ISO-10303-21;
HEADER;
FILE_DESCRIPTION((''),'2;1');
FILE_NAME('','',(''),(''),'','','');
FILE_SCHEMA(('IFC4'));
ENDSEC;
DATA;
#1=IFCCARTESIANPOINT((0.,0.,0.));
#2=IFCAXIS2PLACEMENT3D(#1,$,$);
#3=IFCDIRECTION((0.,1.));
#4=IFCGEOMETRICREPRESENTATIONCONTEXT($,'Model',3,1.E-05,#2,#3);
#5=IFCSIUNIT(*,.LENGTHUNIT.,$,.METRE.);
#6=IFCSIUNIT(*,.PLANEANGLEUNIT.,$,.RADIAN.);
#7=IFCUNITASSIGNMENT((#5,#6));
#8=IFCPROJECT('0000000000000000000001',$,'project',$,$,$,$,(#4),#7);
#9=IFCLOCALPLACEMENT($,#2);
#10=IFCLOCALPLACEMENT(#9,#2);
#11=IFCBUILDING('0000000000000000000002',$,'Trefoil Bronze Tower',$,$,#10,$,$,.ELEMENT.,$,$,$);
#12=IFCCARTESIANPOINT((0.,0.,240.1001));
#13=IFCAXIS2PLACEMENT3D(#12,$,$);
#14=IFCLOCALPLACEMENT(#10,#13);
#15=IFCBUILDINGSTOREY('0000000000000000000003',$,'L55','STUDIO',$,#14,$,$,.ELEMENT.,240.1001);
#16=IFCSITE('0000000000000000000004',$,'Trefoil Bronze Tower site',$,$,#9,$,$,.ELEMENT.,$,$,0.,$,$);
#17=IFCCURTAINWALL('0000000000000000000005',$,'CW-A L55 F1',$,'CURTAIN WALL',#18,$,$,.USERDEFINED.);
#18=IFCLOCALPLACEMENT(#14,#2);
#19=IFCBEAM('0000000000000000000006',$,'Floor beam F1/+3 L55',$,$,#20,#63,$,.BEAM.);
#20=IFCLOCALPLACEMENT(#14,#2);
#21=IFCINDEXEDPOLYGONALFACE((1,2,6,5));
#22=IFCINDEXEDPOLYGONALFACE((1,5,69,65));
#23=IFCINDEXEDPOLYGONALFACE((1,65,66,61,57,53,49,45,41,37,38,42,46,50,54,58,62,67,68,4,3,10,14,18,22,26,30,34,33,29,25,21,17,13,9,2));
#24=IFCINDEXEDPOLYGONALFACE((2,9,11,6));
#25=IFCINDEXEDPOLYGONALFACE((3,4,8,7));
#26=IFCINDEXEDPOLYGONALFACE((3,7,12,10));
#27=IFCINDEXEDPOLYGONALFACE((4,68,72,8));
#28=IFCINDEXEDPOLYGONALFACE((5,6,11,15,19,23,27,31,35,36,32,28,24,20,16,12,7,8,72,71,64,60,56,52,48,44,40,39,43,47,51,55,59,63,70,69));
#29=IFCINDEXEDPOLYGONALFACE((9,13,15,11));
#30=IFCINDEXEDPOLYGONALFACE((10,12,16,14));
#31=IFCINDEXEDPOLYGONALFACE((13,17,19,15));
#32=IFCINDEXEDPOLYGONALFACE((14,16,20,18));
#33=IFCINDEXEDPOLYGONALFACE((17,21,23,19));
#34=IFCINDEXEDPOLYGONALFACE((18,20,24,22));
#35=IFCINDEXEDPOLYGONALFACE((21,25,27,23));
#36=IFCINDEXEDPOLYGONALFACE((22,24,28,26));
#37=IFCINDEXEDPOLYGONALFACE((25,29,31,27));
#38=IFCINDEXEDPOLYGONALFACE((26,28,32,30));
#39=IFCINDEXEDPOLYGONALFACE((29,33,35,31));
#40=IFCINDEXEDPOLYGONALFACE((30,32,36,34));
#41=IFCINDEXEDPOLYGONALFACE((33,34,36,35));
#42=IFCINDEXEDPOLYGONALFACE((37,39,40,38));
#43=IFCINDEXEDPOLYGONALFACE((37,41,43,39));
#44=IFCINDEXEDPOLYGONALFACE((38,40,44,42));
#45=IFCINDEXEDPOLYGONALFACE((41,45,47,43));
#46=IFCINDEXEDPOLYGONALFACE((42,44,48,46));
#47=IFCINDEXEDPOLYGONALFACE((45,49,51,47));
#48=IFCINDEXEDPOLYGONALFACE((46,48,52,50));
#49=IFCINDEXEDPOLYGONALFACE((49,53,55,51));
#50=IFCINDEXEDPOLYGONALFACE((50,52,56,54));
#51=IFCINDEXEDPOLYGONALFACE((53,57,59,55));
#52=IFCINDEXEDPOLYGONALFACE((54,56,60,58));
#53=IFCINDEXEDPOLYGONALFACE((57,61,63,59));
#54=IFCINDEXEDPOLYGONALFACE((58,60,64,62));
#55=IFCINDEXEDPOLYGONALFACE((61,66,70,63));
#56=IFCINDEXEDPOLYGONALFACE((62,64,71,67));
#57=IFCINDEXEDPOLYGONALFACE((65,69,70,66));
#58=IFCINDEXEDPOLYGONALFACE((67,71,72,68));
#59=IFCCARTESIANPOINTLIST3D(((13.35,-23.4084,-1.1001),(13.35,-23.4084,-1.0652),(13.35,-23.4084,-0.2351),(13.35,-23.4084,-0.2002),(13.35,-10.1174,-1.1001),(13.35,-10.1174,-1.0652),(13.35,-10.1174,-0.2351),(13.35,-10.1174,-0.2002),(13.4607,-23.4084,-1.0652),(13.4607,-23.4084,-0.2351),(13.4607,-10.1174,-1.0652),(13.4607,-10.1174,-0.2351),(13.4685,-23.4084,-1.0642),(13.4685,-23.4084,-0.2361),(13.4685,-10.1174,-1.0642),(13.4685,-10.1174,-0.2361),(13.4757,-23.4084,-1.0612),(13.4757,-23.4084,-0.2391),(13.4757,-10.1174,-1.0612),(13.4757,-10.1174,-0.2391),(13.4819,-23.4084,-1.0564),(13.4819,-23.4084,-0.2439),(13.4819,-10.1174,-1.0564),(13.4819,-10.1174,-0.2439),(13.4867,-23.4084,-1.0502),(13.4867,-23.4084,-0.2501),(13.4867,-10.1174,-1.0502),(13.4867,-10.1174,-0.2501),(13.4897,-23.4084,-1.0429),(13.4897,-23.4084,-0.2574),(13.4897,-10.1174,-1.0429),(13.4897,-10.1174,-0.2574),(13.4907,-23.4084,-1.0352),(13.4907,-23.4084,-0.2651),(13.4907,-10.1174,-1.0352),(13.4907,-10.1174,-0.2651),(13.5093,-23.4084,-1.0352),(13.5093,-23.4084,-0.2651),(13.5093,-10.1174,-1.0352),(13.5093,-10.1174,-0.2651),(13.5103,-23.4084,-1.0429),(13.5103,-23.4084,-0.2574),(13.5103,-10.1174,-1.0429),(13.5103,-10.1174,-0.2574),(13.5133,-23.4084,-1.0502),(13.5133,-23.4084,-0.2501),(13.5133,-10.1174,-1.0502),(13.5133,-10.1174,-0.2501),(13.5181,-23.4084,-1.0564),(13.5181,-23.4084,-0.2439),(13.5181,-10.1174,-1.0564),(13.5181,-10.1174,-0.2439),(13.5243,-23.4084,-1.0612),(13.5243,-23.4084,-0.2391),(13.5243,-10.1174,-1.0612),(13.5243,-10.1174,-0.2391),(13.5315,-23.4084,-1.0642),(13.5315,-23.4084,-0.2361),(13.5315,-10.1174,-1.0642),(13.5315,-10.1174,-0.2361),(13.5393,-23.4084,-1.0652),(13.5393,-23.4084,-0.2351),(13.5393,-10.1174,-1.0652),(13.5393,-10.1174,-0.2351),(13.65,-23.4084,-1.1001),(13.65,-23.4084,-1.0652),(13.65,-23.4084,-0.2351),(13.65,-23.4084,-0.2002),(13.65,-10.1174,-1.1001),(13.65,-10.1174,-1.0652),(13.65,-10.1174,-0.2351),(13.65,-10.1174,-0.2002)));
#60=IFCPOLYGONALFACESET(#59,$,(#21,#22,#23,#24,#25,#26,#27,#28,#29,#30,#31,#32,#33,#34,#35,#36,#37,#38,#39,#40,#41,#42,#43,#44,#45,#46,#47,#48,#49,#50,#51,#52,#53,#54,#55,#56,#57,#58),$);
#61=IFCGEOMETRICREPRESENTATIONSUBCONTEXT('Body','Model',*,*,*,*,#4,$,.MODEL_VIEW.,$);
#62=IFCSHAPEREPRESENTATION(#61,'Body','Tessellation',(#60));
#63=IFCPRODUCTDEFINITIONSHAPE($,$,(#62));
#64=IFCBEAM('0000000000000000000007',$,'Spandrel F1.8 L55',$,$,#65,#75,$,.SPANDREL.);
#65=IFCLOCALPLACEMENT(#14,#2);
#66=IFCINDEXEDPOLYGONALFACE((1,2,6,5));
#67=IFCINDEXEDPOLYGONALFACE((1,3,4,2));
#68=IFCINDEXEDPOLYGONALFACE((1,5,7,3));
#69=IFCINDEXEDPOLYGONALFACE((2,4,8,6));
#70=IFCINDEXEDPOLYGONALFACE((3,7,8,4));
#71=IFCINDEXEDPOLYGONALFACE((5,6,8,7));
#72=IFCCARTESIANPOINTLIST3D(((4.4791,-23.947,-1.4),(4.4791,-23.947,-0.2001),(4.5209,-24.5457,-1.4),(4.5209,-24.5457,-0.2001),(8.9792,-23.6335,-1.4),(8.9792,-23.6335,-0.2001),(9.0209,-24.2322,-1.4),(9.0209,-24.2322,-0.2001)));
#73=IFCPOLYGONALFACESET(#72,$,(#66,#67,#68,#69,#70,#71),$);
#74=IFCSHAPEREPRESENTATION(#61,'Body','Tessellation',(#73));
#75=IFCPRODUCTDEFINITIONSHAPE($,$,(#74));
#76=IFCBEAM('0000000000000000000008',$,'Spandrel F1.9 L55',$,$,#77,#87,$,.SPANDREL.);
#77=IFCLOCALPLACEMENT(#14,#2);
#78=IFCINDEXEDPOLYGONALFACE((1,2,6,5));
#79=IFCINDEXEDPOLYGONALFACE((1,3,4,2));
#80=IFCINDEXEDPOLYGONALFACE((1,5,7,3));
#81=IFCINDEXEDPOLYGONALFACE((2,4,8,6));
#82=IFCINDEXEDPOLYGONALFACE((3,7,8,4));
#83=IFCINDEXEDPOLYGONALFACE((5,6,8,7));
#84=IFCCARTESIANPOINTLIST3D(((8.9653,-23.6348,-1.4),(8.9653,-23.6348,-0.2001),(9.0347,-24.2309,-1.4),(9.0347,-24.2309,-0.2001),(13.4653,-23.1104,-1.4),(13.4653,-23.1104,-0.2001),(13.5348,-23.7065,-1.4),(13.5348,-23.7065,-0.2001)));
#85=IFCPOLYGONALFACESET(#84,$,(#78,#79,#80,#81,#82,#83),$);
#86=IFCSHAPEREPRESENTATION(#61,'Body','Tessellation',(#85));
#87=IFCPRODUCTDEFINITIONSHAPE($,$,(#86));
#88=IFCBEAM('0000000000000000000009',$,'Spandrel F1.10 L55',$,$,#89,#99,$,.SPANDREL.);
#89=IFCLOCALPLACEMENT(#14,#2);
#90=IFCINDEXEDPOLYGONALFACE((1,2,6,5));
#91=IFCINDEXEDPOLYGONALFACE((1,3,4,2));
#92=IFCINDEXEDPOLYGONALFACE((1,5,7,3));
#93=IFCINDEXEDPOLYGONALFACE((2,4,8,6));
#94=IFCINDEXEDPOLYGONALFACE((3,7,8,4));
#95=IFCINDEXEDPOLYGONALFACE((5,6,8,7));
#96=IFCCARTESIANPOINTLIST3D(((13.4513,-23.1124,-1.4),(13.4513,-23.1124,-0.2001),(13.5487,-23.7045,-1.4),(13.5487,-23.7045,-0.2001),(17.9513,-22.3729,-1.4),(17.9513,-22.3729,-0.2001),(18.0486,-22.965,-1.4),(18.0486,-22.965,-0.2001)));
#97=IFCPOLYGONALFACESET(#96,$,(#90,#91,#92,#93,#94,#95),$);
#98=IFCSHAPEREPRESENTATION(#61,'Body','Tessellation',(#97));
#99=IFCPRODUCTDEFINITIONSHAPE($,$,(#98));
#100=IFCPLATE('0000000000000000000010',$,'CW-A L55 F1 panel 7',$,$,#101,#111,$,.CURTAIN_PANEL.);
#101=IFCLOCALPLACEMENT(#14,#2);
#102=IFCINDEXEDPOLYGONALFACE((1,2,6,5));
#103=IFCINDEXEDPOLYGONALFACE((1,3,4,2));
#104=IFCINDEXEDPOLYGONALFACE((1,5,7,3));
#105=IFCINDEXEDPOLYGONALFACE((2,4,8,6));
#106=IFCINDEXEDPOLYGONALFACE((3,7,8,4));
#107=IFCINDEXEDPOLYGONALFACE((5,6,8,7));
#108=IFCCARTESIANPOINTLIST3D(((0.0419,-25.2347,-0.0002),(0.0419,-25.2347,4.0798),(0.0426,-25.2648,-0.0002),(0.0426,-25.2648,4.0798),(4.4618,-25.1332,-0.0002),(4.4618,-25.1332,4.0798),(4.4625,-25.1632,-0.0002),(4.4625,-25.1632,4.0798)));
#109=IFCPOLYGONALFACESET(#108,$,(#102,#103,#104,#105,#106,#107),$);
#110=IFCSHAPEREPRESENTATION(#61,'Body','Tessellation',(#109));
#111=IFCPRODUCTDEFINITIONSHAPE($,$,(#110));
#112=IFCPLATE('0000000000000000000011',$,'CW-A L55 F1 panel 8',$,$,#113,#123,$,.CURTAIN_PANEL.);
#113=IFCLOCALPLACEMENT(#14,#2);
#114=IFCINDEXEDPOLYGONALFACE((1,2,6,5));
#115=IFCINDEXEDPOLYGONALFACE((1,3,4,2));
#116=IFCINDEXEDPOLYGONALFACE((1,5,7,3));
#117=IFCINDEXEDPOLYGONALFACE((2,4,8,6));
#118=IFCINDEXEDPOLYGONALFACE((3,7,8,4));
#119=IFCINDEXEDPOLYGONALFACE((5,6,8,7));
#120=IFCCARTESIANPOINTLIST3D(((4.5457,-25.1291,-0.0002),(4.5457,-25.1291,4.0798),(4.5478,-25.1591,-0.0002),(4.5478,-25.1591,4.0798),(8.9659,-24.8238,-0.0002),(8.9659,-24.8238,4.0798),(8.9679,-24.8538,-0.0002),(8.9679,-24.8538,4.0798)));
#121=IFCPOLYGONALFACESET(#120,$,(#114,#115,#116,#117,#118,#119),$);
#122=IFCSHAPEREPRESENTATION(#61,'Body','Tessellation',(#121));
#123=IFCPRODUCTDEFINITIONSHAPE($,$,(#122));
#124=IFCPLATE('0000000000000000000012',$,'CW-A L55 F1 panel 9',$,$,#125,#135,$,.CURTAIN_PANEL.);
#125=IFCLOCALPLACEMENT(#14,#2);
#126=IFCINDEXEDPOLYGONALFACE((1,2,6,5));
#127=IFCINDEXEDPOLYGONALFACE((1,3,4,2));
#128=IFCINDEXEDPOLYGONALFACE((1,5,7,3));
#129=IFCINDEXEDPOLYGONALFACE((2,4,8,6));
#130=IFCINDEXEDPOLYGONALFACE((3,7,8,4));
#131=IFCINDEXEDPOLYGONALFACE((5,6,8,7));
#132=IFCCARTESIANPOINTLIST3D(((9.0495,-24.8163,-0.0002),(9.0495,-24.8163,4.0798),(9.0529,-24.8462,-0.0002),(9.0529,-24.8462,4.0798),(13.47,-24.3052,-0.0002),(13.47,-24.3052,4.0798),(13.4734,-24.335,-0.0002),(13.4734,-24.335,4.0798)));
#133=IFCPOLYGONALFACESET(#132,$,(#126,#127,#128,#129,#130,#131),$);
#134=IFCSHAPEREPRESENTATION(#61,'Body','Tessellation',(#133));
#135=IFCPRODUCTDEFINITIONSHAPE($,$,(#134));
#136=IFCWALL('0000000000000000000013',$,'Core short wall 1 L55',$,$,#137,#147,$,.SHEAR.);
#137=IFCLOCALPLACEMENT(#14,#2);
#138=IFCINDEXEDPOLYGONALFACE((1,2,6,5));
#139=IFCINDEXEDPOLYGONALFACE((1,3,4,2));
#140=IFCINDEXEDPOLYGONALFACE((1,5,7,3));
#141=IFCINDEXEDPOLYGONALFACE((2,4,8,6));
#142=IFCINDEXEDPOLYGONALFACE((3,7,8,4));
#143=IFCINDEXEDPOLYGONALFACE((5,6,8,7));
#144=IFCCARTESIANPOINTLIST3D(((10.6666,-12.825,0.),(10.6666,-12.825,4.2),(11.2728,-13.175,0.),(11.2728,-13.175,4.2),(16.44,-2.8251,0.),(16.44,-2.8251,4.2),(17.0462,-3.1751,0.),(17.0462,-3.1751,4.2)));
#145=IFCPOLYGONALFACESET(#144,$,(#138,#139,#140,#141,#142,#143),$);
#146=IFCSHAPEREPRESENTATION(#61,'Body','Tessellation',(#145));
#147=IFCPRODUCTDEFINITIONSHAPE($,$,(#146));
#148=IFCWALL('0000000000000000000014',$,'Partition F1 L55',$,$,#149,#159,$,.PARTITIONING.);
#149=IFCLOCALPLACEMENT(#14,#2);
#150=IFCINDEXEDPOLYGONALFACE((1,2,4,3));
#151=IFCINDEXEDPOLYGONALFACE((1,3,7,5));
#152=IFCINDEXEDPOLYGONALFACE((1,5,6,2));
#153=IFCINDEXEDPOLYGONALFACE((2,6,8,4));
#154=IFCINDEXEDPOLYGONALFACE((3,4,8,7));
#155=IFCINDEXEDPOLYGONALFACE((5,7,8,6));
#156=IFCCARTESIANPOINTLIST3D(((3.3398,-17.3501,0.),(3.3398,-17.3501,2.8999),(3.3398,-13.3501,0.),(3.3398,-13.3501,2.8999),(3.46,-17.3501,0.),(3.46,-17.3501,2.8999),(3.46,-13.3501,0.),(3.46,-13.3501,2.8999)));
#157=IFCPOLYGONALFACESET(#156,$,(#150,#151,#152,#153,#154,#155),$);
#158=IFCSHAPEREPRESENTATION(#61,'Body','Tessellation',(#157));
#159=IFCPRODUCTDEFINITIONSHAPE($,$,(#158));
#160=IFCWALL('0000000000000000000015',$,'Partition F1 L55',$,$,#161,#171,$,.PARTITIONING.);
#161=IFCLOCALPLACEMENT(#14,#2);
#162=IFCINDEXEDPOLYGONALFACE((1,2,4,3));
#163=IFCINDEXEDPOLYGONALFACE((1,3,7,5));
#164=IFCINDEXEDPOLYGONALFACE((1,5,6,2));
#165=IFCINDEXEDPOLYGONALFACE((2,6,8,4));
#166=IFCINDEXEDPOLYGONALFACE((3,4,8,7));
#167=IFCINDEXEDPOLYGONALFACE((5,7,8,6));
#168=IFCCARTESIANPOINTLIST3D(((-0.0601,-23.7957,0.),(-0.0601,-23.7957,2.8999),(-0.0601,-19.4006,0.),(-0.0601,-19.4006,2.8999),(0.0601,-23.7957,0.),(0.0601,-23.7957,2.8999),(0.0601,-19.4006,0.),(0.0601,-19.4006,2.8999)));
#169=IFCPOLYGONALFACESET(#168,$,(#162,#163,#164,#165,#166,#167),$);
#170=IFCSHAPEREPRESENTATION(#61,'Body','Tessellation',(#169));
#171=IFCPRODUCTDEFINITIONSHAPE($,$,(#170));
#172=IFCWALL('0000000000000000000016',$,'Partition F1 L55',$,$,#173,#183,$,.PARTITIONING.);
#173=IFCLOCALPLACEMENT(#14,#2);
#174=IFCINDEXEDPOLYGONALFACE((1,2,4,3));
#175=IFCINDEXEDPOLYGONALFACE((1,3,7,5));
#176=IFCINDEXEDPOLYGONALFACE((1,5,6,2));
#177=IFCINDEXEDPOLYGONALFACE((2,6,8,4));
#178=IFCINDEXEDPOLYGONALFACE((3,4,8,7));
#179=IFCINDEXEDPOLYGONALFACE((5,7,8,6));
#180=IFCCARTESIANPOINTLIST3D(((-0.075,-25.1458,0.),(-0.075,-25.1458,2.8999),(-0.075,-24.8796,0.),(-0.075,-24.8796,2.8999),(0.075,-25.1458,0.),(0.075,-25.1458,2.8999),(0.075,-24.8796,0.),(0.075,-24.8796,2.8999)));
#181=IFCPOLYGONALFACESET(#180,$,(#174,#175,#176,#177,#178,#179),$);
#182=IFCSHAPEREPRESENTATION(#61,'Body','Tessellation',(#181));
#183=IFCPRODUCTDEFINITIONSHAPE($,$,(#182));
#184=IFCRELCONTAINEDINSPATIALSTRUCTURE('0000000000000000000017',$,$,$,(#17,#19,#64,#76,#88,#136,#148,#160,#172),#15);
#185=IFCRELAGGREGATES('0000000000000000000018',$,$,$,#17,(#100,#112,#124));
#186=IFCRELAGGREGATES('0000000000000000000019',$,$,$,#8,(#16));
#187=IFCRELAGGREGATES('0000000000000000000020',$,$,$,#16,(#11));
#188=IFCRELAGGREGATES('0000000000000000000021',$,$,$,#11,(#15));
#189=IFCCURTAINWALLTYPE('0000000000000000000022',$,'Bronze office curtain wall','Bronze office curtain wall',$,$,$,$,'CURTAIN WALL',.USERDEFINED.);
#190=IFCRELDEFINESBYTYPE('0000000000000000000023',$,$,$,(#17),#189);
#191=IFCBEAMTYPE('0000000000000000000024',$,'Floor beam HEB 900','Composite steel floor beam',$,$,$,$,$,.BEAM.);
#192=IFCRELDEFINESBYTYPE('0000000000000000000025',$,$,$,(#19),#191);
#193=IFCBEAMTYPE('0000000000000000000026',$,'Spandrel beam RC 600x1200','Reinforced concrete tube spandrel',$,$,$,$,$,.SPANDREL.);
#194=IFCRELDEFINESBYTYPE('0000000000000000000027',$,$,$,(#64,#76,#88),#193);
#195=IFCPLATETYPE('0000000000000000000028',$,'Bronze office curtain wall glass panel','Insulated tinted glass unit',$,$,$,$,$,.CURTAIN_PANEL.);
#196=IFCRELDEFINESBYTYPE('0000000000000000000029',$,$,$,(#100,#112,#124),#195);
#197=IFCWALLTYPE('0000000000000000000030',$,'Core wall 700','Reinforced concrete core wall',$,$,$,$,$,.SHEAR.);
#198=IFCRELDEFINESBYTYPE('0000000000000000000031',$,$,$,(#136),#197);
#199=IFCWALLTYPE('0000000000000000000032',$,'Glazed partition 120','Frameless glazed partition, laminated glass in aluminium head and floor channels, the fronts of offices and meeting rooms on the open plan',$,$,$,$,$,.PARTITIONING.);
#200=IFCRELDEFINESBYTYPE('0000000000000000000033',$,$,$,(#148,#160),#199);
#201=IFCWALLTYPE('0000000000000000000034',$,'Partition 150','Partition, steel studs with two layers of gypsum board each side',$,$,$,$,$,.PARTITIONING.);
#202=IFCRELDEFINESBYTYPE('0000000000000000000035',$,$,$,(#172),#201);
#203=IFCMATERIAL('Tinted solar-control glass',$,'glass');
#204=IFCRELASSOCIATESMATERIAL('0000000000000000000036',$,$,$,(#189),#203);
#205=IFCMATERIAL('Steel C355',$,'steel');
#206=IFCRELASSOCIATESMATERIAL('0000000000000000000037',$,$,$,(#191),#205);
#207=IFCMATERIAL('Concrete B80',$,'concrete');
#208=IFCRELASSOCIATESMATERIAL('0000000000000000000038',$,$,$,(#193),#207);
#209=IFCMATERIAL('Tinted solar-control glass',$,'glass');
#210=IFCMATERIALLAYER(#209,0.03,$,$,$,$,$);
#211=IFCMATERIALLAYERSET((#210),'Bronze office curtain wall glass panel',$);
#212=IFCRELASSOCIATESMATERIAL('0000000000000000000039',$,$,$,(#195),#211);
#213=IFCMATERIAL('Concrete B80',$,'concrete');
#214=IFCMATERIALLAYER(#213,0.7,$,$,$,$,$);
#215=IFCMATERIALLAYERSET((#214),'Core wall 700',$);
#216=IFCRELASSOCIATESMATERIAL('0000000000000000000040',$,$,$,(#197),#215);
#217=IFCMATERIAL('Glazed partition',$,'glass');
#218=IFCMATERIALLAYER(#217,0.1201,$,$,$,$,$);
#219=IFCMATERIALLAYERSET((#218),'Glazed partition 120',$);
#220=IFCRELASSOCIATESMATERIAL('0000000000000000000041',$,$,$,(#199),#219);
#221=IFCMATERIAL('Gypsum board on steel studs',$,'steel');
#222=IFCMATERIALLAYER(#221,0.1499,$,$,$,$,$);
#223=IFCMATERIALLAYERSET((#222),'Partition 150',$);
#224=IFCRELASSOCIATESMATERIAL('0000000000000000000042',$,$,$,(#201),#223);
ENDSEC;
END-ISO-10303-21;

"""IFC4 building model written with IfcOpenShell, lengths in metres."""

from ifc_helpers import new_model, si_unit, direction, frame, frame_2d, origin, origin_2d, place, context, subcontext, project, spatial, rectangle, i_section, extrude, material, layer, layer_set, material_profile, profile_set, type_object, element, aggregate, save


model = new_model("IFC4")

# Units and contexts
model_context = context("Model", 3, precision=1e-05, world=origin(), true_north=direction((0.0, 1.0)))
body_context = subcontext(model_context, "Body", "Model", "MODEL_VIEW")
ifc_project = project(units=[si_unit("LENGTHUNIT", "METRE"), si_unit("PLANEANGLEUNIT", "RADIAN")], contexts=[model_context])

# Site, building, storey
site_placement = place(None, origin())
site = spatial("IfcSite", under=ifc_project, at=site_placement, Name="Trefoil Bronze Tower site", CompositionType="ELEMENT", RefElevation=0.0)
building_placement = place(site_placement, origin())
building = spatial("IfcBuilding", under=site, at=building_placement, Name="Trefoil Bronze Tower", CompositionType="ELEMENT")
storey_placement = place(building_placement, frame((0.0, 0.0, 240.1001)))
storey = spatial("IfcBuildingStorey", under=building, at=storey_placement, Name="L55", Description="STUDIO", CompositionType="ELEMENT", Elevation=240.1001)

# Curtain wall
ifc_material_1 = material(Name="Tinted solar-control glass", Category="glass")
curtain_wall_type = type_object("IfcCurtainWallType", Name="Bronze office curtain wall", Description="Bronze office curtain wall", ElementType="CURTAIN WALL", PredefinedType="USERDEFINED", material=ifc_material_1)
curtain_wall_placement = place(storey_placement, origin())
curtain_wall = element("IfcCurtainWall", 1, at=curtain_wall_placement, inside=storey, type_object=curtain_wall_type, Name="CW-A L55 F1", ObjectType="CURTAIN WALL", PredefinedType="USERDEFINED")

# Beams
ifc_material_2 = material(Name="Steel C355", Category="steel")
ifc_material_profile_1 = material_profile(ifc_material_2, i_section(OverallWidth=0.3, OverallDepth=0.8999, WebThickness=0.0186, FlangeThickness=0.0349, FilletRadius=0.03, at=origin_2d()), Name="HEB 900")
ifc_profile_set_1 = profile_set([ifc_material_profile_1], Name="Steel C355")
beam_type_1 = type_object("IfcBeamType", Name="Floor beam HEB 900", Description="Composite steel floor beam", PredefinedType="BEAM", material=ifc_profile_set_1)
beam_1_placement = place(storey_placement, frame((13.5, -23.4084, -0.6501), z_axis=(0.0, 1.0, 0.0), x_axis=(-1.0, 0.0, 0.0)))
element("IfcBeam", 2, at=beam_1_placement, inside=storey, type_object=beam_type_1, Name="Floor beam F1/+3 L55", PredefinedType="BEAM", context=body_context, shape_type="SweptSolid", body=[
    extrude(i_section(OverallWidth=0.3, OverallDepth=0.8999, WebThickness=0.0186, FlangeThickness=0.0349, FilletRadius=0.03, at=origin_2d()), origin(), (0.0, 0.0, 1.0), 13.291),
])
ifc_material_3 = material(Name="Concrete B80", Category="concrete")
ifc_material_profile_2 = material_profile(ifc_material_3, rectangle(XDim=0.6001, YDim=1.2, at=origin_2d()), Name="RC 600x1200")
ifc_profile_set_2 = profile_set([ifc_material_profile_2], Name="Concrete B80")
beam_type_2 = type_object("IfcBeamType", Name="Spandrel beam RC 600x1200", Description="Reinforced concrete tube spandrel", PredefinedType="SPANDREL", material=ifc_profile_set_2)
beam_2_placement = place(storey_placement, frame((4.5, -24.2463, -0.8), z_axis=(0.997582, 0.069493, 0.0), x_axis=(-0.069493, 0.997582, 0.0)))
element("IfcBeam", 3, at=beam_2_placement, inside=storey, type_object=beam_type_2, Name="Spandrel F1.8 L55", PredefinedType="SPANDREL", context=body_context, shape_type="SweptSolid", body=[
    extrude(rectangle(XDim=0.6001, YDim=1.2, at=origin_2d()), origin(), (0.0, 0.0, 1.0), 4.511),
])
beam_3_placement = place(storey_placement, frame((9.0, -23.9329, -0.8), z_axis=(0.993278, 0.115753, 0.0), x_axis=(-0.115753, 0.993278, 0.0)))
element("IfcBeam", 4, at=beam_3_placement, inside=storey, type_object=beam_type_2, Name="Spandrel F1.9 L55", PredefinedType="SPANDREL", context=body_context, shape_type="SweptSolid", body=[
    extrude(rectangle(XDim=0.6001, YDim=1.2, at=origin_2d()), origin(), (0.0, 0.0, 1.0), 4.5305),
])
beam_4_placement = place(storey_placement, frame((13.5, -23.4084, -0.8), z_axis=(0.986765, 0.162159, 0.0), x_axis=(-0.162159, 0.986765, 0.0)))
element("IfcBeam", 5, at=beam_4_placement, inside=storey, type_object=beam_type_2, Name="Spandrel F1.10 L55", PredefinedType="SPANDREL", context=body_context, shape_type="SweptSolid", body=[
    extrude(rectangle(XDim=0.6001, YDim=1.2, at=origin_2d()), origin(), (0.0, 0.0, 1.0), 4.5603),
])

# Plates
ifc_material_4 = material(Name="Tinted solar-control glass", Category="glass")
ifc_layer_1 = layer(ifc_material_4, 0.03)
ifc_layer_set_1 = layer_set([ifc_layer_1], Name="Bronze office curtain wall glass panel")
plate_type = type_object("IfcPlateType", Name="Bronze office curtain wall glass panel", Description="Insulated tinted glass unit", PredefinedType="CURTAIN_PANEL", material=ifc_layer_set_1)
plate_1_placement = place(storey_placement, frame((2.2522, -25.199, -0.0002), z_axis=(0.0, 0.0, 1.0), x_axis=(0.999736, 0.022972, 0.0)))
plate_1 = element("IfcPlate", 6, at=plate_1_placement, type_object=plate_type, Name="CW-A L55 F1 panel 7", PredefinedType="CURTAIN_PANEL", context=body_context, shape_type="SweptSolid", body=[
    extrude(rectangle(XDim=4.4211, YDim=0.03, at=origin_2d()), origin(), (0.0, 0.0, 1.0), 4.0801),
])
plate_2_placement = place(storey_placement, frame((6.7568, -24.9915, -0.0002), z_axis=(0.0, 0.0, 1.0), x_axis=(0.997623, 0.068915, 0.0)))
plate_2 = element("IfcPlate", 7, at=plate_2_placement, type_object=plate_type, Name="CW-A L55 F1 panel 8", PredefinedType="CURTAIN_PANEL", context=body_context, shape_type="SweptSolid", body=[
    extrude(rectangle(XDim=4.4307, YDim=0.03, at=origin_2d()), origin(), (0.0, 0.0, 1.0), 4.0801),
])
plate_3_placement = place(storey_placement, frame((11.2615, -24.5757, -0.0002), z_axis=(0.0, 0.0, 1.0), x_axis=(0.993382, 0.114859, 0.0)))
plate_3 = element("IfcPlate", 8, at=plate_3_placement, type_object=plate_type, Name="CW-A L55 F1 panel 9", PredefinedType="CURTAIN_PANEL", context=body_context, shape_type="SweptSolid", body=[
    extrude(rectangle(XDim=4.45, YDim=0.03, at=origin_2d()), origin(), (0.0, 0.0, 1.0), 4.0801),
])
aggregate(curtain_wall, [plate_1, plate_2, plate_3])

# Walls
ifc_material_5 = material(Name="Concrete B80", Category="concrete")
ifc_layer_2 = layer(ifc_material_5, 0.7)
ifc_layer_set_2 = layer_set([ifc_layer_2], Name="Core wall 700")
wall_type_1 = type_object("IfcWallType", Name="Core wall 700", Description="Reinforced concrete core wall", PredefinedType="SHEAR", material=ifc_layer_set_2)
wall_1_placement = place(storey_placement, frame((10.9697, -13.0, 0.0), z_axis=(0.0, 0.0, 1.0), x_axis=(0.499996, 0.866028, 0.0)))
element("IfcWall", 9, at=wall_1_placement, inside=storey, type_object=wall_type_1, Name="Core short wall 1 L55", PredefinedType="SHEAR", context=body_context, shape_type="SweptSolid", body=[
    extrude(rectangle(XDim=11.5469, YDim=0.7, at=frame_2d((5.7734, 0.0))), origin(), (0.0, 0.0, 1.0), 4.2),
])
ifc_material_6 = material(Name="Glazed partition", Category="glass")
ifc_layer_3 = layer(ifc_material_6, 0.1201)
ifc_layer_set_3 = layer_set([ifc_layer_3], Name="Glazed partition 120")
wall_type_2 = type_object("IfcWallType", Name="Glazed partition 120", Description="Frameless glazed partition, laminated glass in aluminium head and floor channels, the fronts of offices and meeting rooms on the open plan", PredefinedType="PARTITIONING", material=ifc_layer_set_3)
wall_2_placement = place(storey_placement, frame((3.3999, -13.3501, 0.0), z_axis=(0.0, 0.0, 1.0), x_axis=(0.0, -1.0, 0.0)))
element("IfcWall", 10, at=wall_2_placement, inside=storey, type_object=wall_type_2, Name="Partition F1 L55", PredefinedType="PARTITIONING", context=body_context, shape_type="SweptSolid", body=[
    extrude(rectangle(XDim=4.0, YDim=0.1201, at=frame_2d((2.0, 0.0))), origin(), (0.0, 0.0, 1.0), 2.8999),
])
wall_3_placement = place(storey_placement, frame((0.0, -19.4006, 0.0), z_axis=(0.0, 0.0, 1.0), x_axis=(0.0, -1.0, 0.0)))
element("IfcWall", 11, at=wall_3_placement, inside=storey, type_object=wall_type_2, Name="Partition F1 L55", PredefinedType="PARTITIONING", context=body_context, shape_type="SweptSolid", body=[
    extrude(rectangle(XDim=4.395, YDim=0.1201, at=frame_2d((2.1975, 0.0))), origin(), (0.0, 0.0, 1.0), 2.8999),
])
ifc_material_7 = material(Name="Gypsum board on steel studs", Category="steel")
ifc_layer_4 = layer(ifc_material_7, 0.1499)
ifc_layer_set_4 = layer_set([ifc_layer_4], Name="Partition 150")
wall_type_3 = type_object("IfcWallType", Name="Partition 150", Description="Partition, steel studs with two layers of gypsum board each side", PredefinedType="PARTITIONING", material=ifc_layer_set_4)
wall_4_placement = place(storey_placement, frame((0.0, -24.8796, 0.0), z_axis=(0.0, 0.0, 1.0), x_axis=(0.0, -1.0, 0.0)))
element("IfcWall", 12, at=wall_4_placement, inside=storey, type_object=wall_type_3, Name="Partition F1 L55", PredefinedType="PARTITIONING", context=body_context, shape_type="SweptSolid", body=[
    extrude(rectangle(XDim=0.2661, YDim=0.1499, at=frame_2d((0.1331, 0.0))), origin(), (0.0, 0.0, 1.0), 2.8999),
])

save(model, "model.ifc")
